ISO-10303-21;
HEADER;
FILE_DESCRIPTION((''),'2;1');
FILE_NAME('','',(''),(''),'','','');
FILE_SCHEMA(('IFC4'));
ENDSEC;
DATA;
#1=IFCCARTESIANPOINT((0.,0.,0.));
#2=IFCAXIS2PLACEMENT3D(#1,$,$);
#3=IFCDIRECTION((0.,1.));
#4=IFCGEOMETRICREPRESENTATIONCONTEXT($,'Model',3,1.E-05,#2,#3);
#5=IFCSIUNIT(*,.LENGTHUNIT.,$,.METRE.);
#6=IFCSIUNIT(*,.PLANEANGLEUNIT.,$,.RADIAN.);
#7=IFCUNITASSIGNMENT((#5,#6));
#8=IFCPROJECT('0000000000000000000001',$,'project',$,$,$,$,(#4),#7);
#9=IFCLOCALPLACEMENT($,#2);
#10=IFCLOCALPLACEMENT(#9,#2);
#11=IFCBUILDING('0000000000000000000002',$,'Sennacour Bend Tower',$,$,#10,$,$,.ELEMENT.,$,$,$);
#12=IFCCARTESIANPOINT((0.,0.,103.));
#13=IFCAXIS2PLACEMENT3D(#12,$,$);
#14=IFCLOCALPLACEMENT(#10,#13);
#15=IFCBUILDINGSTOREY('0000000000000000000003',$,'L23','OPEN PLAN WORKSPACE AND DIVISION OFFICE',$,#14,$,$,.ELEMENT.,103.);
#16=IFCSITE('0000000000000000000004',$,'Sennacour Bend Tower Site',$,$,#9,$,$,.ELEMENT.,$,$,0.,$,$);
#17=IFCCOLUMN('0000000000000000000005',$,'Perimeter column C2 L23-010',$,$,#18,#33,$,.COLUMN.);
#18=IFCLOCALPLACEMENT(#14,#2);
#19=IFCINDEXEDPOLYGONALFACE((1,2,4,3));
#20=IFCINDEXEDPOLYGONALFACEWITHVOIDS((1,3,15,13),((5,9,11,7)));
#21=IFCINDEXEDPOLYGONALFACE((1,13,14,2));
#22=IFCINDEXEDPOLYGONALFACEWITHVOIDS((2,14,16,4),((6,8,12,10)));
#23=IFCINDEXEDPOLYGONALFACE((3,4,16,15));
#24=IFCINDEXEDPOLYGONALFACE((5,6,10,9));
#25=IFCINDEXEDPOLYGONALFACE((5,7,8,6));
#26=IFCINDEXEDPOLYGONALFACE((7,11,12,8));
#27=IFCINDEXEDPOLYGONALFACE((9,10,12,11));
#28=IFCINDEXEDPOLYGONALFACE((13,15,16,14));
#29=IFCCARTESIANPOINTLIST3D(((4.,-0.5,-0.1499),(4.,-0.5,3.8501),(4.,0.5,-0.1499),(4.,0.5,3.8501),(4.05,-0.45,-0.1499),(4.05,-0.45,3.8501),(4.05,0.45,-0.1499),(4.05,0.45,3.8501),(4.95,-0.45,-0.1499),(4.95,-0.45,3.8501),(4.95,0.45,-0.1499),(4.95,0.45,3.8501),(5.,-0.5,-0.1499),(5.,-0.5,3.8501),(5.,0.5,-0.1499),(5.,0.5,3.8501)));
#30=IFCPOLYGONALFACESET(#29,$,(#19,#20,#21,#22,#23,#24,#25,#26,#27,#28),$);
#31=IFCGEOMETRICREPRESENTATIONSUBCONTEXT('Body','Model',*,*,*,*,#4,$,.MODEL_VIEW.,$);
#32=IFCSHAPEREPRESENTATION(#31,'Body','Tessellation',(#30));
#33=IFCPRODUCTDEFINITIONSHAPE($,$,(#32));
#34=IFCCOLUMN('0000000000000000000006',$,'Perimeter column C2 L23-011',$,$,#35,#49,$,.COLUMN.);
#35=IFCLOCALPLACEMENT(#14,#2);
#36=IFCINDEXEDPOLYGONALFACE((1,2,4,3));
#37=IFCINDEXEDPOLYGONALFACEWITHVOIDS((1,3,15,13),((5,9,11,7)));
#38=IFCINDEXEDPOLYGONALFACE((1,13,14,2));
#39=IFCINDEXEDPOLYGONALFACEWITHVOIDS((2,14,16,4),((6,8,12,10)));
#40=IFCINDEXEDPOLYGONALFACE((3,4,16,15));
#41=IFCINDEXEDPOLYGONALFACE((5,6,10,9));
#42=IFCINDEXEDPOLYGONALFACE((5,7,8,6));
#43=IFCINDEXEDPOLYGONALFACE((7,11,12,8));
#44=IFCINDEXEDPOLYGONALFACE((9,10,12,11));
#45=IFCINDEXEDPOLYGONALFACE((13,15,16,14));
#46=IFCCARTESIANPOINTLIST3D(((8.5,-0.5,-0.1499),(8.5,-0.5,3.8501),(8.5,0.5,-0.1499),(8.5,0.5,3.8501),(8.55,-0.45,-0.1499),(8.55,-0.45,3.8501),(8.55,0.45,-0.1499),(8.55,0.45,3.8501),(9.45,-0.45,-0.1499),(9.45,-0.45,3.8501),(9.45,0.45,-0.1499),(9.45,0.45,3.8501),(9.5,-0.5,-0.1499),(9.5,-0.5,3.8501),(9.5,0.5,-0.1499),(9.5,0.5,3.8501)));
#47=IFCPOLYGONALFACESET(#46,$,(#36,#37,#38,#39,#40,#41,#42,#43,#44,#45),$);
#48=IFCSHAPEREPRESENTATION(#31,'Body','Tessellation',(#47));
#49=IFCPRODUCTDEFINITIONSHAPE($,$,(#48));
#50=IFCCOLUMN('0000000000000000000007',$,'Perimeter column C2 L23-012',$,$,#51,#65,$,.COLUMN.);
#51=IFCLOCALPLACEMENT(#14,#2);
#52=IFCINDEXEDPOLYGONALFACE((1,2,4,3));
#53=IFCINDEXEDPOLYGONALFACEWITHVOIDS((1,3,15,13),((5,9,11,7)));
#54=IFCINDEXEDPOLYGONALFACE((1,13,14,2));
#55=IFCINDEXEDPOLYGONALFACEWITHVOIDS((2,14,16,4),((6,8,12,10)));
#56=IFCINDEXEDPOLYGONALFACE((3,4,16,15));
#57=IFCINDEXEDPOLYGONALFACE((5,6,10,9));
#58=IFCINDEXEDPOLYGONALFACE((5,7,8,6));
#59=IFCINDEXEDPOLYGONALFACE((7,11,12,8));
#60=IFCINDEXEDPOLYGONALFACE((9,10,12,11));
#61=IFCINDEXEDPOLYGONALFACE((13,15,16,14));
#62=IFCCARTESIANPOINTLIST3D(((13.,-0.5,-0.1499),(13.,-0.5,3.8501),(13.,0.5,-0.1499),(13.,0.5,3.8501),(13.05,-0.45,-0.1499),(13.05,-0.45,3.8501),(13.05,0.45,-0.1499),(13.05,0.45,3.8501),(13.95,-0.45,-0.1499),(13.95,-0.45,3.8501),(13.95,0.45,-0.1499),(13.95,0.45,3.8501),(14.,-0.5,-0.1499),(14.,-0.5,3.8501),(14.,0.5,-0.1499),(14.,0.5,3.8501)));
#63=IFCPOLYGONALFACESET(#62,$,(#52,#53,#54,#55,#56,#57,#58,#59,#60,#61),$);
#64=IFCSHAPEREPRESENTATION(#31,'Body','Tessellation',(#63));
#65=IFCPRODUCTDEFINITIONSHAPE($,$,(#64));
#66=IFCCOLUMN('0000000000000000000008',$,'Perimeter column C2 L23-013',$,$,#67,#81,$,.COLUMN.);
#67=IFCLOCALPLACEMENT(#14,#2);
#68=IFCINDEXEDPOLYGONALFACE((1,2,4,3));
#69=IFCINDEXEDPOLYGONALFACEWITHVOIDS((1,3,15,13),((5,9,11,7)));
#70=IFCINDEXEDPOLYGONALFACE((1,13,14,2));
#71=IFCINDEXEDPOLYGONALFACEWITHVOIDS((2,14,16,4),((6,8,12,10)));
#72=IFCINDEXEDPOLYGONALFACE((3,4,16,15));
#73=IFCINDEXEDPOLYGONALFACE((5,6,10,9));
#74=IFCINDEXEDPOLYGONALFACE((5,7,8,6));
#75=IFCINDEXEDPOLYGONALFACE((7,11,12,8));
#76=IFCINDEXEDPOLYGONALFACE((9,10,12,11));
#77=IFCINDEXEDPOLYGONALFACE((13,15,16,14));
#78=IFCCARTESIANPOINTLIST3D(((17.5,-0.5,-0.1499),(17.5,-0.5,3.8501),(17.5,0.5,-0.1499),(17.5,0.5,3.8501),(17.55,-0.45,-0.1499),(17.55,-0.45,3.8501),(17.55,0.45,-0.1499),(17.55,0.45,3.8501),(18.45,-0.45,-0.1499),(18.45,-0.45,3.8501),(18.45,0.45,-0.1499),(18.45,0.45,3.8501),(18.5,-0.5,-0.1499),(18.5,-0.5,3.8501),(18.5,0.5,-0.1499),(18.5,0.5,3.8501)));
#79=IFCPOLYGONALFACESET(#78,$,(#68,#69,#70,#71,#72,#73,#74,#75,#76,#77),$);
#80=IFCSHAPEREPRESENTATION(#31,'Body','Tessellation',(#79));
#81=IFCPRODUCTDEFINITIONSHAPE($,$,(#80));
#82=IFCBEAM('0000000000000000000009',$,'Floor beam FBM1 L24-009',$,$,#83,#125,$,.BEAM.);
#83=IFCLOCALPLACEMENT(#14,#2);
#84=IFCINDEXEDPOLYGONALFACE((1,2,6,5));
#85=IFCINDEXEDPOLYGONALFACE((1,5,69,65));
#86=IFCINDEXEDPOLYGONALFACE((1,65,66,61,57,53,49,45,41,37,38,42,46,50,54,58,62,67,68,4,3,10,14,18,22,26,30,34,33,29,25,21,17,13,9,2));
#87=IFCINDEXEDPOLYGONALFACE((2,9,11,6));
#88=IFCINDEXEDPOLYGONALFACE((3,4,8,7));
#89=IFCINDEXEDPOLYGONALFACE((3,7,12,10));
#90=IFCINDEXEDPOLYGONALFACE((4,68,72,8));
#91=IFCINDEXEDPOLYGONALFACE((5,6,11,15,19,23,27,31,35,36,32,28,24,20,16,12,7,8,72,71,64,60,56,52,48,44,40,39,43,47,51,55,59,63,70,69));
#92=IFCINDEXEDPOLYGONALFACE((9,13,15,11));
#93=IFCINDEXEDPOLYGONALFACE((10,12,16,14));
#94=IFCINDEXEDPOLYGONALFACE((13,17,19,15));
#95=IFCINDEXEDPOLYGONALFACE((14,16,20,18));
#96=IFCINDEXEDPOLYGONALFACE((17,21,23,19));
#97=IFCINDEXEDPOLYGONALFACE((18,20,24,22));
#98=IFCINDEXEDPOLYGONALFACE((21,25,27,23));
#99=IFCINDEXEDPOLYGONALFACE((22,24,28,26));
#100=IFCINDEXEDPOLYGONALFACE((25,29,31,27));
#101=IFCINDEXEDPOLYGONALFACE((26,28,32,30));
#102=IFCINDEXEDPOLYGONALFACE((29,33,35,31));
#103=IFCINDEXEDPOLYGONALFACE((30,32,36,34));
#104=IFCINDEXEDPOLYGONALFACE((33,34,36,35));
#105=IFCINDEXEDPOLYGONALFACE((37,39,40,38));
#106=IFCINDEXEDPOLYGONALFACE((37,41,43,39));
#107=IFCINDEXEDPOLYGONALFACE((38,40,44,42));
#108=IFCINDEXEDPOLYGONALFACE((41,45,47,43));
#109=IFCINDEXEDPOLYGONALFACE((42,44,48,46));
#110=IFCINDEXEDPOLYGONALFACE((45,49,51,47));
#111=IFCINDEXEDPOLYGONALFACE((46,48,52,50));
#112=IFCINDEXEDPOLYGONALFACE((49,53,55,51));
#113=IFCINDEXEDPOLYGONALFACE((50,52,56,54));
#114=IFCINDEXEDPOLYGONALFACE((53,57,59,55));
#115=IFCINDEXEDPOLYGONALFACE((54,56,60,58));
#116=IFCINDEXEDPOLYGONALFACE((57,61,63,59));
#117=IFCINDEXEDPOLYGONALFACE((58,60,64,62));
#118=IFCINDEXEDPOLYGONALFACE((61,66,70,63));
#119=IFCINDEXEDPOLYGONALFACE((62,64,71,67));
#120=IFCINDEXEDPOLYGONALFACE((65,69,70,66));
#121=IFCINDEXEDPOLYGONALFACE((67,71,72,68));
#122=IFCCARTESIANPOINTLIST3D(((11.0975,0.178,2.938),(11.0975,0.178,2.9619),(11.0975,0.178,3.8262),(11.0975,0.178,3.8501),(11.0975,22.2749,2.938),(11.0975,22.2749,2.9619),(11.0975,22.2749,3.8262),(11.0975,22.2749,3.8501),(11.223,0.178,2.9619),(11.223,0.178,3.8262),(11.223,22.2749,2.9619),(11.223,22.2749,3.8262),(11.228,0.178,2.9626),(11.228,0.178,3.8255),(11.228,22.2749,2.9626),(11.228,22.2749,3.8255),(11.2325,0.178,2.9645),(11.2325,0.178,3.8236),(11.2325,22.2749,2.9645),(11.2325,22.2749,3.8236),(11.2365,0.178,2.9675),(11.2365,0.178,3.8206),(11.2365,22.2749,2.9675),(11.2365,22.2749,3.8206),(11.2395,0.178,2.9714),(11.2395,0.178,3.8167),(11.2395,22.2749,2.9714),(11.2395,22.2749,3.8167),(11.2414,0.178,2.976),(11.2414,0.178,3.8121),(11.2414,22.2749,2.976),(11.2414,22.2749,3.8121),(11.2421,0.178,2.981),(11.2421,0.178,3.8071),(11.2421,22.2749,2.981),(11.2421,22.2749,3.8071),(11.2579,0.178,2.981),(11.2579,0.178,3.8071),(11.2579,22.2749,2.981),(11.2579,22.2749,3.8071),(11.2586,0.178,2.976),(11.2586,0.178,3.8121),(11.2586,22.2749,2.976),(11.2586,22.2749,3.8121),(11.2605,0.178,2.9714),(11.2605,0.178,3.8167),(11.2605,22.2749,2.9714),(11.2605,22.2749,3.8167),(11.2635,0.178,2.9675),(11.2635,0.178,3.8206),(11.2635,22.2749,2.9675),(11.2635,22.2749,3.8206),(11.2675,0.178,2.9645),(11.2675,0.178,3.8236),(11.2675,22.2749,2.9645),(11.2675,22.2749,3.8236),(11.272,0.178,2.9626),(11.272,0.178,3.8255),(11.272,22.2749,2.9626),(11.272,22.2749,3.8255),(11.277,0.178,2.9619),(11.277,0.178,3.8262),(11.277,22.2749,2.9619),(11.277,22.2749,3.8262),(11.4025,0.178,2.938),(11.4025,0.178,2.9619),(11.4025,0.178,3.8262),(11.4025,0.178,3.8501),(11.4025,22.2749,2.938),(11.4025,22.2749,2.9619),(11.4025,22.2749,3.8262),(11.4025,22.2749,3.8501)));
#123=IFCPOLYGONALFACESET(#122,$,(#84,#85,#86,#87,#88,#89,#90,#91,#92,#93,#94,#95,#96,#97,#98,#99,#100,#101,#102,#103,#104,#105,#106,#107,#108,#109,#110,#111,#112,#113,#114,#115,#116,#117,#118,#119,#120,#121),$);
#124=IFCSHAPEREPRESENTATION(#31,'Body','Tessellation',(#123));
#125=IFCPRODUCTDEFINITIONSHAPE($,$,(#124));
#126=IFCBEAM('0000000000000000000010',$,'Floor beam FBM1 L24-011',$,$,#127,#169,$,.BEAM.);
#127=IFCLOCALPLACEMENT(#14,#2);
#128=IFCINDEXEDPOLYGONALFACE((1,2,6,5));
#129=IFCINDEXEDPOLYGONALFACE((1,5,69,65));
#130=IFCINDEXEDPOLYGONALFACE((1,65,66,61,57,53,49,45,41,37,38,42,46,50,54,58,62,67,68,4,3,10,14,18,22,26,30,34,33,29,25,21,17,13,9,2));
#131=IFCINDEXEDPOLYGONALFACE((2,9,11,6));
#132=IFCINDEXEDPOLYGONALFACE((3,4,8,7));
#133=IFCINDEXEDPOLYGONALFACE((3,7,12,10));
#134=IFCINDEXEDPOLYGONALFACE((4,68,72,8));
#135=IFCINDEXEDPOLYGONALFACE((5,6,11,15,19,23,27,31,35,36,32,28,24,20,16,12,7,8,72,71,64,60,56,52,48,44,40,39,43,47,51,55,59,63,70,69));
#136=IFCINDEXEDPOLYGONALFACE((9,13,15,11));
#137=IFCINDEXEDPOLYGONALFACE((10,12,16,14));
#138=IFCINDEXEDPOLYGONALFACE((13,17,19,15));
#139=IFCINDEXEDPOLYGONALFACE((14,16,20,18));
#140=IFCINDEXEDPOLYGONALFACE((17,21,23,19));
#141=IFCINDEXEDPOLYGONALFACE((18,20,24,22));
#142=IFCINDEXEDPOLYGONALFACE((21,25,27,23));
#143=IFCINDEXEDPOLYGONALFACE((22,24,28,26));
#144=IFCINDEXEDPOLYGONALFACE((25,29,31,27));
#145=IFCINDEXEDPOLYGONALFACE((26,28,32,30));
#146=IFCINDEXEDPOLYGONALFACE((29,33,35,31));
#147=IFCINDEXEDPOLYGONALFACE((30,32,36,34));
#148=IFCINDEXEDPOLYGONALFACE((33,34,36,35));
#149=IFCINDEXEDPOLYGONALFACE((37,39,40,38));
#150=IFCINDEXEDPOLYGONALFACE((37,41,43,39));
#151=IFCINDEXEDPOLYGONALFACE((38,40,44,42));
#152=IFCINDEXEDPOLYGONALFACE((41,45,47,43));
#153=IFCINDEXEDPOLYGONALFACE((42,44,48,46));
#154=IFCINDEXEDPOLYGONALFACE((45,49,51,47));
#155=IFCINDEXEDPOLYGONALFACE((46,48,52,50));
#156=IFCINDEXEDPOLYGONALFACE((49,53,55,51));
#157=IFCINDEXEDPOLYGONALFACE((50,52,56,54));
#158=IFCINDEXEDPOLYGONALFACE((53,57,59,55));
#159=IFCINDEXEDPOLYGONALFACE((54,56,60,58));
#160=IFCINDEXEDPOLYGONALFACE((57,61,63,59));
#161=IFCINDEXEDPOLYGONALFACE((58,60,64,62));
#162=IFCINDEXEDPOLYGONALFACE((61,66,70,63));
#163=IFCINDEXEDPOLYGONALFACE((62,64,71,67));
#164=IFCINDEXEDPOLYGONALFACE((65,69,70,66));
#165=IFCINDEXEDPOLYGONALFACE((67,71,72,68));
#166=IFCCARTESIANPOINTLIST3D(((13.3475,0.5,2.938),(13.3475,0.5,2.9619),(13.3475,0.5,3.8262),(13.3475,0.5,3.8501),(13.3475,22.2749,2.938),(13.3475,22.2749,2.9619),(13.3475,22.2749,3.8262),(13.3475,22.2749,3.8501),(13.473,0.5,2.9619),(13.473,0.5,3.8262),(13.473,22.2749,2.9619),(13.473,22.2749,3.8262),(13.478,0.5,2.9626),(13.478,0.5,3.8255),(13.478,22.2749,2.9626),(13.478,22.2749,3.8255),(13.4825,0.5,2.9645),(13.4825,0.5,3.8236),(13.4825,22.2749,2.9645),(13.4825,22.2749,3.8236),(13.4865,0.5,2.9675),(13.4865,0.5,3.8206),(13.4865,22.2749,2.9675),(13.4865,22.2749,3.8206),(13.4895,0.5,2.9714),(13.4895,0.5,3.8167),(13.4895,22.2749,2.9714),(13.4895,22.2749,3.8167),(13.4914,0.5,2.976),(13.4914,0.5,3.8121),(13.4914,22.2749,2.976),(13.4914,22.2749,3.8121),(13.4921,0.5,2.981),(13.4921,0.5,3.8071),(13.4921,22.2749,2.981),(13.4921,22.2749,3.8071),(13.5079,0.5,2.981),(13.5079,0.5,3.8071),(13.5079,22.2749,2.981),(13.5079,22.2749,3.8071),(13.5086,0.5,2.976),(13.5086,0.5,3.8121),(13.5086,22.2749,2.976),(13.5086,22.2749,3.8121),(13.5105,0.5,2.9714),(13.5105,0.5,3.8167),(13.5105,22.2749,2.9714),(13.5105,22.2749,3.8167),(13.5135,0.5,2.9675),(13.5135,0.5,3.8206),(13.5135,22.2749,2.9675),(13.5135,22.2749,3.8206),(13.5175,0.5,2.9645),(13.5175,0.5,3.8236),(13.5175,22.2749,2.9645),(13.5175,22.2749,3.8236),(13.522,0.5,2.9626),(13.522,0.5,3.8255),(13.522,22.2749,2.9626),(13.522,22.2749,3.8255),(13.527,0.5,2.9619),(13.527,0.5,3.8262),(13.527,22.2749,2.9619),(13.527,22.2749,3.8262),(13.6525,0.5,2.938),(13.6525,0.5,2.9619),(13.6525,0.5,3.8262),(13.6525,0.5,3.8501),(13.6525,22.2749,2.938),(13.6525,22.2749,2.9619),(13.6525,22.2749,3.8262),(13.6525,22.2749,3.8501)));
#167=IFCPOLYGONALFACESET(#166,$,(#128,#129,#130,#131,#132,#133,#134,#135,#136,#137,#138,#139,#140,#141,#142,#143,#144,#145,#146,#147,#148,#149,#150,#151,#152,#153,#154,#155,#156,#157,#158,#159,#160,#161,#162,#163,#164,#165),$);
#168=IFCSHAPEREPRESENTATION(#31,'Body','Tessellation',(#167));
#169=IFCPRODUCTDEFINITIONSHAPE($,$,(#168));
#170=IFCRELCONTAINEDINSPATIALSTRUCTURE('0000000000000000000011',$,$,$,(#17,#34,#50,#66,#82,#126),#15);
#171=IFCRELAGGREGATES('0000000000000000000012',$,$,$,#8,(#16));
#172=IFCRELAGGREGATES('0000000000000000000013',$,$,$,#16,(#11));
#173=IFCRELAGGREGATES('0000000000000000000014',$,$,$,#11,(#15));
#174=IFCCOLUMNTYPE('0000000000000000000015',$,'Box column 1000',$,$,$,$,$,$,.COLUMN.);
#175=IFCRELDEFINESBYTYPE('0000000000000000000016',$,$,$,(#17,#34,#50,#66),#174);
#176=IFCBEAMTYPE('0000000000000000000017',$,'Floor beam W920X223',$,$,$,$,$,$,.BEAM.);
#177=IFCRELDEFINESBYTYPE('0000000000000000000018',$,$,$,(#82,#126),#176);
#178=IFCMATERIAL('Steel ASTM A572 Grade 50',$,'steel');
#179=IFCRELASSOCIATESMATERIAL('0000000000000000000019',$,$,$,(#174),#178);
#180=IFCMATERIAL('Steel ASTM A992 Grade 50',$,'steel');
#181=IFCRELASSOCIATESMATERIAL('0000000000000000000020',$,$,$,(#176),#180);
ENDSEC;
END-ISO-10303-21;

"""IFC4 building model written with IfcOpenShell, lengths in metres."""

from ifc_helpers import new_model, si_unit, direction, frame, origin, origin_2d, place, context, subcontext, project, spatial, hollow_rectangle, i_section, extrude, material, material_profile, profile_set, type_object, element, save


model = new_model("IFC4")

# Units and contexts
model_context = context("Model", 3, precision=1e-05, world=origin(), true_north=direction((0.0, 1.0)))
body_context = subcontext(model_context, "Body", "Model", "MODEL_VIEW")
ifc_project = project(units=[si_unit("LENGTHUNIT", "METRE"), si_unit("PLANEANGLEUNIT", "RADIAN")], contexts=[model_context])

# Site, building, storey
site_placement = place(None, origin())
site = spatial("IfcSite", under=ifc_project, at=site_placement, Name="Sennacour Bend Tower Site", CompositionType="ELEMENT", RefElevation=0.0)
building_placement = place(site_placement, origin())
building = spatial("IfcBuilding", under=site, at=building_placement, Name="Sennacour Bend Tower", CompositionType="ELEMENT")
storey_placement = place(building_placement, frame((0.0, 0.0, 103.0)))
storey = spatial("IfcBuildingStorey", under=building, at=storey_placement, Name="L23", Description="OPEN PLAN WORKSPACE AND DIVISION OFFICE", CompositionType="ELEMENT", Elevation=103.0)

# Columns
ifc_material_1 = material(Name="Steel ASTM A572 Grade 50", Category="steel")
ifc_material_profile_1 = material_profile(ifc_material_1, hollow_rectangle(XDim=1.0, YDim=1.0, WallThickness=0.05, at=origin_2d()), Name="Steel ASTM A572 Grade 50", Category="steel")
ifc_profile_set_1 = profile_set([ifc_material_profile_1], Name="Steel ASTM A572 Grade 50")
column_type = type_object("IfcColumnType", Name="Box column 1000", PredefinedType="COLUMN", material=ifc_profile_set_1)
for number, where, z_axis, x_axis, name in (
    (1, (4.5, 0.0, -0.1499), (0.0, 0.0, 1.0), (1.0, 0.0, 0.0), "Perimeter column C2 L23-010"),
    (2, (9.0, 0.0, -0.1499), (0.0, 0.0, 1.0), (1.0, 0.0, 0.0), "Perimeter column C2 L23-011"),
    (3, (13.5, 0.0, -0.1499), (0.0, 0.0, 1.0), (1.0, 0.0, 0.0), "Perimeter column C2 L23-012"),
    (4, (18.0, 0.0, -0.1499), (0.0, 0.0, 1.0), (1.0, 0.0, 0.0), "Perimeter column C2 L23-013"),
):
    element("IfcColumn", number, at=place(storey_placement, frame(where, z_axis=z_axis, x_axis=x_axis)), inside=storey, type_object=column_type, Name=name, PredefinedType="COLUMN", context=body_context, shape_type="SweptSolid", body=[
        extrude(hollow_rectangle(XDim=1.0, YDim=1.0, WallThickness=0.05, at=origin_2d()), origin(), (0.0, 0.0, 1.0), 4.0),
    ])

# Beams
ifc_material_2 = material(Name="Steel ASTM A992 Grade 50", Category="steel")
ifc_material_profile_2 = material_profile(ifc_material_2, i_section(OverallWidth=0.3049, OverallDepth=0.9121, WebThickness=0.0159, FlangeThickness=0.0239, FilletRadius=0.019, at=origin_2d()), Name="Steel ASTM A992 Grade 50", Category="steel")
ifc_profile_set_2 = profile_set([ifc_material_profile_2], Name="Steel ASTM A992 Grade 50")
beam_type_1 = type_object("IfcBeamType", Name="Floor beam W920X223", PredefinedType="BEAM", material=ifc_profile_set_2)
beam_1_placement = place(storey_placement, frame((11.25, 0.178, 3.394), z_axis=(0.0, 1.0, 0.0), x_axis=(-1.0, 0.0, 0.0)))
element("IfcBeam", 5, at=beam_1_placement, inside=storey, type_object=beam_type_1, Name="Floor beam FBM1 L24-009", PredefinedType="BEAM", context=body_context, shape_type="SweptSolid", body=[
    extrude(i_section(OverallWidth=0.3049, OverallDepth=0.9121, WebThickness=0.0159, FlangeThickness=0.0239, FilletRadius=0.019, at=origin_2d()), origin(), (0.0, 0.0, 1.0), 22.0969),
])
beam_2_placement = place(storey_placement, frame((13.5, 0.5, 3.394), z_axis=(0.0, 1.0, 0.0), x_axis=(-1.0, 0.0, 0.0)))
element("IfcBeam", 6, at=beam_2_placement, inside=storey, type_object=beam_type_1, Name="Floor beam FBM1 L24-011", PredefinedType="BEAM", context=body_context, shape_type="SweptSolid", body=[
    extrude(i_section(OverallWidth=0.3049, OverallDepth=0.9121, WebThickness=0.0159, FlangeThickness=0.0239, FilletRadius=0.019, at=origin_2d()), origin(), (0.0, 0.0, 1.0), 21.7749),
])

save(model, "model.ifc")
